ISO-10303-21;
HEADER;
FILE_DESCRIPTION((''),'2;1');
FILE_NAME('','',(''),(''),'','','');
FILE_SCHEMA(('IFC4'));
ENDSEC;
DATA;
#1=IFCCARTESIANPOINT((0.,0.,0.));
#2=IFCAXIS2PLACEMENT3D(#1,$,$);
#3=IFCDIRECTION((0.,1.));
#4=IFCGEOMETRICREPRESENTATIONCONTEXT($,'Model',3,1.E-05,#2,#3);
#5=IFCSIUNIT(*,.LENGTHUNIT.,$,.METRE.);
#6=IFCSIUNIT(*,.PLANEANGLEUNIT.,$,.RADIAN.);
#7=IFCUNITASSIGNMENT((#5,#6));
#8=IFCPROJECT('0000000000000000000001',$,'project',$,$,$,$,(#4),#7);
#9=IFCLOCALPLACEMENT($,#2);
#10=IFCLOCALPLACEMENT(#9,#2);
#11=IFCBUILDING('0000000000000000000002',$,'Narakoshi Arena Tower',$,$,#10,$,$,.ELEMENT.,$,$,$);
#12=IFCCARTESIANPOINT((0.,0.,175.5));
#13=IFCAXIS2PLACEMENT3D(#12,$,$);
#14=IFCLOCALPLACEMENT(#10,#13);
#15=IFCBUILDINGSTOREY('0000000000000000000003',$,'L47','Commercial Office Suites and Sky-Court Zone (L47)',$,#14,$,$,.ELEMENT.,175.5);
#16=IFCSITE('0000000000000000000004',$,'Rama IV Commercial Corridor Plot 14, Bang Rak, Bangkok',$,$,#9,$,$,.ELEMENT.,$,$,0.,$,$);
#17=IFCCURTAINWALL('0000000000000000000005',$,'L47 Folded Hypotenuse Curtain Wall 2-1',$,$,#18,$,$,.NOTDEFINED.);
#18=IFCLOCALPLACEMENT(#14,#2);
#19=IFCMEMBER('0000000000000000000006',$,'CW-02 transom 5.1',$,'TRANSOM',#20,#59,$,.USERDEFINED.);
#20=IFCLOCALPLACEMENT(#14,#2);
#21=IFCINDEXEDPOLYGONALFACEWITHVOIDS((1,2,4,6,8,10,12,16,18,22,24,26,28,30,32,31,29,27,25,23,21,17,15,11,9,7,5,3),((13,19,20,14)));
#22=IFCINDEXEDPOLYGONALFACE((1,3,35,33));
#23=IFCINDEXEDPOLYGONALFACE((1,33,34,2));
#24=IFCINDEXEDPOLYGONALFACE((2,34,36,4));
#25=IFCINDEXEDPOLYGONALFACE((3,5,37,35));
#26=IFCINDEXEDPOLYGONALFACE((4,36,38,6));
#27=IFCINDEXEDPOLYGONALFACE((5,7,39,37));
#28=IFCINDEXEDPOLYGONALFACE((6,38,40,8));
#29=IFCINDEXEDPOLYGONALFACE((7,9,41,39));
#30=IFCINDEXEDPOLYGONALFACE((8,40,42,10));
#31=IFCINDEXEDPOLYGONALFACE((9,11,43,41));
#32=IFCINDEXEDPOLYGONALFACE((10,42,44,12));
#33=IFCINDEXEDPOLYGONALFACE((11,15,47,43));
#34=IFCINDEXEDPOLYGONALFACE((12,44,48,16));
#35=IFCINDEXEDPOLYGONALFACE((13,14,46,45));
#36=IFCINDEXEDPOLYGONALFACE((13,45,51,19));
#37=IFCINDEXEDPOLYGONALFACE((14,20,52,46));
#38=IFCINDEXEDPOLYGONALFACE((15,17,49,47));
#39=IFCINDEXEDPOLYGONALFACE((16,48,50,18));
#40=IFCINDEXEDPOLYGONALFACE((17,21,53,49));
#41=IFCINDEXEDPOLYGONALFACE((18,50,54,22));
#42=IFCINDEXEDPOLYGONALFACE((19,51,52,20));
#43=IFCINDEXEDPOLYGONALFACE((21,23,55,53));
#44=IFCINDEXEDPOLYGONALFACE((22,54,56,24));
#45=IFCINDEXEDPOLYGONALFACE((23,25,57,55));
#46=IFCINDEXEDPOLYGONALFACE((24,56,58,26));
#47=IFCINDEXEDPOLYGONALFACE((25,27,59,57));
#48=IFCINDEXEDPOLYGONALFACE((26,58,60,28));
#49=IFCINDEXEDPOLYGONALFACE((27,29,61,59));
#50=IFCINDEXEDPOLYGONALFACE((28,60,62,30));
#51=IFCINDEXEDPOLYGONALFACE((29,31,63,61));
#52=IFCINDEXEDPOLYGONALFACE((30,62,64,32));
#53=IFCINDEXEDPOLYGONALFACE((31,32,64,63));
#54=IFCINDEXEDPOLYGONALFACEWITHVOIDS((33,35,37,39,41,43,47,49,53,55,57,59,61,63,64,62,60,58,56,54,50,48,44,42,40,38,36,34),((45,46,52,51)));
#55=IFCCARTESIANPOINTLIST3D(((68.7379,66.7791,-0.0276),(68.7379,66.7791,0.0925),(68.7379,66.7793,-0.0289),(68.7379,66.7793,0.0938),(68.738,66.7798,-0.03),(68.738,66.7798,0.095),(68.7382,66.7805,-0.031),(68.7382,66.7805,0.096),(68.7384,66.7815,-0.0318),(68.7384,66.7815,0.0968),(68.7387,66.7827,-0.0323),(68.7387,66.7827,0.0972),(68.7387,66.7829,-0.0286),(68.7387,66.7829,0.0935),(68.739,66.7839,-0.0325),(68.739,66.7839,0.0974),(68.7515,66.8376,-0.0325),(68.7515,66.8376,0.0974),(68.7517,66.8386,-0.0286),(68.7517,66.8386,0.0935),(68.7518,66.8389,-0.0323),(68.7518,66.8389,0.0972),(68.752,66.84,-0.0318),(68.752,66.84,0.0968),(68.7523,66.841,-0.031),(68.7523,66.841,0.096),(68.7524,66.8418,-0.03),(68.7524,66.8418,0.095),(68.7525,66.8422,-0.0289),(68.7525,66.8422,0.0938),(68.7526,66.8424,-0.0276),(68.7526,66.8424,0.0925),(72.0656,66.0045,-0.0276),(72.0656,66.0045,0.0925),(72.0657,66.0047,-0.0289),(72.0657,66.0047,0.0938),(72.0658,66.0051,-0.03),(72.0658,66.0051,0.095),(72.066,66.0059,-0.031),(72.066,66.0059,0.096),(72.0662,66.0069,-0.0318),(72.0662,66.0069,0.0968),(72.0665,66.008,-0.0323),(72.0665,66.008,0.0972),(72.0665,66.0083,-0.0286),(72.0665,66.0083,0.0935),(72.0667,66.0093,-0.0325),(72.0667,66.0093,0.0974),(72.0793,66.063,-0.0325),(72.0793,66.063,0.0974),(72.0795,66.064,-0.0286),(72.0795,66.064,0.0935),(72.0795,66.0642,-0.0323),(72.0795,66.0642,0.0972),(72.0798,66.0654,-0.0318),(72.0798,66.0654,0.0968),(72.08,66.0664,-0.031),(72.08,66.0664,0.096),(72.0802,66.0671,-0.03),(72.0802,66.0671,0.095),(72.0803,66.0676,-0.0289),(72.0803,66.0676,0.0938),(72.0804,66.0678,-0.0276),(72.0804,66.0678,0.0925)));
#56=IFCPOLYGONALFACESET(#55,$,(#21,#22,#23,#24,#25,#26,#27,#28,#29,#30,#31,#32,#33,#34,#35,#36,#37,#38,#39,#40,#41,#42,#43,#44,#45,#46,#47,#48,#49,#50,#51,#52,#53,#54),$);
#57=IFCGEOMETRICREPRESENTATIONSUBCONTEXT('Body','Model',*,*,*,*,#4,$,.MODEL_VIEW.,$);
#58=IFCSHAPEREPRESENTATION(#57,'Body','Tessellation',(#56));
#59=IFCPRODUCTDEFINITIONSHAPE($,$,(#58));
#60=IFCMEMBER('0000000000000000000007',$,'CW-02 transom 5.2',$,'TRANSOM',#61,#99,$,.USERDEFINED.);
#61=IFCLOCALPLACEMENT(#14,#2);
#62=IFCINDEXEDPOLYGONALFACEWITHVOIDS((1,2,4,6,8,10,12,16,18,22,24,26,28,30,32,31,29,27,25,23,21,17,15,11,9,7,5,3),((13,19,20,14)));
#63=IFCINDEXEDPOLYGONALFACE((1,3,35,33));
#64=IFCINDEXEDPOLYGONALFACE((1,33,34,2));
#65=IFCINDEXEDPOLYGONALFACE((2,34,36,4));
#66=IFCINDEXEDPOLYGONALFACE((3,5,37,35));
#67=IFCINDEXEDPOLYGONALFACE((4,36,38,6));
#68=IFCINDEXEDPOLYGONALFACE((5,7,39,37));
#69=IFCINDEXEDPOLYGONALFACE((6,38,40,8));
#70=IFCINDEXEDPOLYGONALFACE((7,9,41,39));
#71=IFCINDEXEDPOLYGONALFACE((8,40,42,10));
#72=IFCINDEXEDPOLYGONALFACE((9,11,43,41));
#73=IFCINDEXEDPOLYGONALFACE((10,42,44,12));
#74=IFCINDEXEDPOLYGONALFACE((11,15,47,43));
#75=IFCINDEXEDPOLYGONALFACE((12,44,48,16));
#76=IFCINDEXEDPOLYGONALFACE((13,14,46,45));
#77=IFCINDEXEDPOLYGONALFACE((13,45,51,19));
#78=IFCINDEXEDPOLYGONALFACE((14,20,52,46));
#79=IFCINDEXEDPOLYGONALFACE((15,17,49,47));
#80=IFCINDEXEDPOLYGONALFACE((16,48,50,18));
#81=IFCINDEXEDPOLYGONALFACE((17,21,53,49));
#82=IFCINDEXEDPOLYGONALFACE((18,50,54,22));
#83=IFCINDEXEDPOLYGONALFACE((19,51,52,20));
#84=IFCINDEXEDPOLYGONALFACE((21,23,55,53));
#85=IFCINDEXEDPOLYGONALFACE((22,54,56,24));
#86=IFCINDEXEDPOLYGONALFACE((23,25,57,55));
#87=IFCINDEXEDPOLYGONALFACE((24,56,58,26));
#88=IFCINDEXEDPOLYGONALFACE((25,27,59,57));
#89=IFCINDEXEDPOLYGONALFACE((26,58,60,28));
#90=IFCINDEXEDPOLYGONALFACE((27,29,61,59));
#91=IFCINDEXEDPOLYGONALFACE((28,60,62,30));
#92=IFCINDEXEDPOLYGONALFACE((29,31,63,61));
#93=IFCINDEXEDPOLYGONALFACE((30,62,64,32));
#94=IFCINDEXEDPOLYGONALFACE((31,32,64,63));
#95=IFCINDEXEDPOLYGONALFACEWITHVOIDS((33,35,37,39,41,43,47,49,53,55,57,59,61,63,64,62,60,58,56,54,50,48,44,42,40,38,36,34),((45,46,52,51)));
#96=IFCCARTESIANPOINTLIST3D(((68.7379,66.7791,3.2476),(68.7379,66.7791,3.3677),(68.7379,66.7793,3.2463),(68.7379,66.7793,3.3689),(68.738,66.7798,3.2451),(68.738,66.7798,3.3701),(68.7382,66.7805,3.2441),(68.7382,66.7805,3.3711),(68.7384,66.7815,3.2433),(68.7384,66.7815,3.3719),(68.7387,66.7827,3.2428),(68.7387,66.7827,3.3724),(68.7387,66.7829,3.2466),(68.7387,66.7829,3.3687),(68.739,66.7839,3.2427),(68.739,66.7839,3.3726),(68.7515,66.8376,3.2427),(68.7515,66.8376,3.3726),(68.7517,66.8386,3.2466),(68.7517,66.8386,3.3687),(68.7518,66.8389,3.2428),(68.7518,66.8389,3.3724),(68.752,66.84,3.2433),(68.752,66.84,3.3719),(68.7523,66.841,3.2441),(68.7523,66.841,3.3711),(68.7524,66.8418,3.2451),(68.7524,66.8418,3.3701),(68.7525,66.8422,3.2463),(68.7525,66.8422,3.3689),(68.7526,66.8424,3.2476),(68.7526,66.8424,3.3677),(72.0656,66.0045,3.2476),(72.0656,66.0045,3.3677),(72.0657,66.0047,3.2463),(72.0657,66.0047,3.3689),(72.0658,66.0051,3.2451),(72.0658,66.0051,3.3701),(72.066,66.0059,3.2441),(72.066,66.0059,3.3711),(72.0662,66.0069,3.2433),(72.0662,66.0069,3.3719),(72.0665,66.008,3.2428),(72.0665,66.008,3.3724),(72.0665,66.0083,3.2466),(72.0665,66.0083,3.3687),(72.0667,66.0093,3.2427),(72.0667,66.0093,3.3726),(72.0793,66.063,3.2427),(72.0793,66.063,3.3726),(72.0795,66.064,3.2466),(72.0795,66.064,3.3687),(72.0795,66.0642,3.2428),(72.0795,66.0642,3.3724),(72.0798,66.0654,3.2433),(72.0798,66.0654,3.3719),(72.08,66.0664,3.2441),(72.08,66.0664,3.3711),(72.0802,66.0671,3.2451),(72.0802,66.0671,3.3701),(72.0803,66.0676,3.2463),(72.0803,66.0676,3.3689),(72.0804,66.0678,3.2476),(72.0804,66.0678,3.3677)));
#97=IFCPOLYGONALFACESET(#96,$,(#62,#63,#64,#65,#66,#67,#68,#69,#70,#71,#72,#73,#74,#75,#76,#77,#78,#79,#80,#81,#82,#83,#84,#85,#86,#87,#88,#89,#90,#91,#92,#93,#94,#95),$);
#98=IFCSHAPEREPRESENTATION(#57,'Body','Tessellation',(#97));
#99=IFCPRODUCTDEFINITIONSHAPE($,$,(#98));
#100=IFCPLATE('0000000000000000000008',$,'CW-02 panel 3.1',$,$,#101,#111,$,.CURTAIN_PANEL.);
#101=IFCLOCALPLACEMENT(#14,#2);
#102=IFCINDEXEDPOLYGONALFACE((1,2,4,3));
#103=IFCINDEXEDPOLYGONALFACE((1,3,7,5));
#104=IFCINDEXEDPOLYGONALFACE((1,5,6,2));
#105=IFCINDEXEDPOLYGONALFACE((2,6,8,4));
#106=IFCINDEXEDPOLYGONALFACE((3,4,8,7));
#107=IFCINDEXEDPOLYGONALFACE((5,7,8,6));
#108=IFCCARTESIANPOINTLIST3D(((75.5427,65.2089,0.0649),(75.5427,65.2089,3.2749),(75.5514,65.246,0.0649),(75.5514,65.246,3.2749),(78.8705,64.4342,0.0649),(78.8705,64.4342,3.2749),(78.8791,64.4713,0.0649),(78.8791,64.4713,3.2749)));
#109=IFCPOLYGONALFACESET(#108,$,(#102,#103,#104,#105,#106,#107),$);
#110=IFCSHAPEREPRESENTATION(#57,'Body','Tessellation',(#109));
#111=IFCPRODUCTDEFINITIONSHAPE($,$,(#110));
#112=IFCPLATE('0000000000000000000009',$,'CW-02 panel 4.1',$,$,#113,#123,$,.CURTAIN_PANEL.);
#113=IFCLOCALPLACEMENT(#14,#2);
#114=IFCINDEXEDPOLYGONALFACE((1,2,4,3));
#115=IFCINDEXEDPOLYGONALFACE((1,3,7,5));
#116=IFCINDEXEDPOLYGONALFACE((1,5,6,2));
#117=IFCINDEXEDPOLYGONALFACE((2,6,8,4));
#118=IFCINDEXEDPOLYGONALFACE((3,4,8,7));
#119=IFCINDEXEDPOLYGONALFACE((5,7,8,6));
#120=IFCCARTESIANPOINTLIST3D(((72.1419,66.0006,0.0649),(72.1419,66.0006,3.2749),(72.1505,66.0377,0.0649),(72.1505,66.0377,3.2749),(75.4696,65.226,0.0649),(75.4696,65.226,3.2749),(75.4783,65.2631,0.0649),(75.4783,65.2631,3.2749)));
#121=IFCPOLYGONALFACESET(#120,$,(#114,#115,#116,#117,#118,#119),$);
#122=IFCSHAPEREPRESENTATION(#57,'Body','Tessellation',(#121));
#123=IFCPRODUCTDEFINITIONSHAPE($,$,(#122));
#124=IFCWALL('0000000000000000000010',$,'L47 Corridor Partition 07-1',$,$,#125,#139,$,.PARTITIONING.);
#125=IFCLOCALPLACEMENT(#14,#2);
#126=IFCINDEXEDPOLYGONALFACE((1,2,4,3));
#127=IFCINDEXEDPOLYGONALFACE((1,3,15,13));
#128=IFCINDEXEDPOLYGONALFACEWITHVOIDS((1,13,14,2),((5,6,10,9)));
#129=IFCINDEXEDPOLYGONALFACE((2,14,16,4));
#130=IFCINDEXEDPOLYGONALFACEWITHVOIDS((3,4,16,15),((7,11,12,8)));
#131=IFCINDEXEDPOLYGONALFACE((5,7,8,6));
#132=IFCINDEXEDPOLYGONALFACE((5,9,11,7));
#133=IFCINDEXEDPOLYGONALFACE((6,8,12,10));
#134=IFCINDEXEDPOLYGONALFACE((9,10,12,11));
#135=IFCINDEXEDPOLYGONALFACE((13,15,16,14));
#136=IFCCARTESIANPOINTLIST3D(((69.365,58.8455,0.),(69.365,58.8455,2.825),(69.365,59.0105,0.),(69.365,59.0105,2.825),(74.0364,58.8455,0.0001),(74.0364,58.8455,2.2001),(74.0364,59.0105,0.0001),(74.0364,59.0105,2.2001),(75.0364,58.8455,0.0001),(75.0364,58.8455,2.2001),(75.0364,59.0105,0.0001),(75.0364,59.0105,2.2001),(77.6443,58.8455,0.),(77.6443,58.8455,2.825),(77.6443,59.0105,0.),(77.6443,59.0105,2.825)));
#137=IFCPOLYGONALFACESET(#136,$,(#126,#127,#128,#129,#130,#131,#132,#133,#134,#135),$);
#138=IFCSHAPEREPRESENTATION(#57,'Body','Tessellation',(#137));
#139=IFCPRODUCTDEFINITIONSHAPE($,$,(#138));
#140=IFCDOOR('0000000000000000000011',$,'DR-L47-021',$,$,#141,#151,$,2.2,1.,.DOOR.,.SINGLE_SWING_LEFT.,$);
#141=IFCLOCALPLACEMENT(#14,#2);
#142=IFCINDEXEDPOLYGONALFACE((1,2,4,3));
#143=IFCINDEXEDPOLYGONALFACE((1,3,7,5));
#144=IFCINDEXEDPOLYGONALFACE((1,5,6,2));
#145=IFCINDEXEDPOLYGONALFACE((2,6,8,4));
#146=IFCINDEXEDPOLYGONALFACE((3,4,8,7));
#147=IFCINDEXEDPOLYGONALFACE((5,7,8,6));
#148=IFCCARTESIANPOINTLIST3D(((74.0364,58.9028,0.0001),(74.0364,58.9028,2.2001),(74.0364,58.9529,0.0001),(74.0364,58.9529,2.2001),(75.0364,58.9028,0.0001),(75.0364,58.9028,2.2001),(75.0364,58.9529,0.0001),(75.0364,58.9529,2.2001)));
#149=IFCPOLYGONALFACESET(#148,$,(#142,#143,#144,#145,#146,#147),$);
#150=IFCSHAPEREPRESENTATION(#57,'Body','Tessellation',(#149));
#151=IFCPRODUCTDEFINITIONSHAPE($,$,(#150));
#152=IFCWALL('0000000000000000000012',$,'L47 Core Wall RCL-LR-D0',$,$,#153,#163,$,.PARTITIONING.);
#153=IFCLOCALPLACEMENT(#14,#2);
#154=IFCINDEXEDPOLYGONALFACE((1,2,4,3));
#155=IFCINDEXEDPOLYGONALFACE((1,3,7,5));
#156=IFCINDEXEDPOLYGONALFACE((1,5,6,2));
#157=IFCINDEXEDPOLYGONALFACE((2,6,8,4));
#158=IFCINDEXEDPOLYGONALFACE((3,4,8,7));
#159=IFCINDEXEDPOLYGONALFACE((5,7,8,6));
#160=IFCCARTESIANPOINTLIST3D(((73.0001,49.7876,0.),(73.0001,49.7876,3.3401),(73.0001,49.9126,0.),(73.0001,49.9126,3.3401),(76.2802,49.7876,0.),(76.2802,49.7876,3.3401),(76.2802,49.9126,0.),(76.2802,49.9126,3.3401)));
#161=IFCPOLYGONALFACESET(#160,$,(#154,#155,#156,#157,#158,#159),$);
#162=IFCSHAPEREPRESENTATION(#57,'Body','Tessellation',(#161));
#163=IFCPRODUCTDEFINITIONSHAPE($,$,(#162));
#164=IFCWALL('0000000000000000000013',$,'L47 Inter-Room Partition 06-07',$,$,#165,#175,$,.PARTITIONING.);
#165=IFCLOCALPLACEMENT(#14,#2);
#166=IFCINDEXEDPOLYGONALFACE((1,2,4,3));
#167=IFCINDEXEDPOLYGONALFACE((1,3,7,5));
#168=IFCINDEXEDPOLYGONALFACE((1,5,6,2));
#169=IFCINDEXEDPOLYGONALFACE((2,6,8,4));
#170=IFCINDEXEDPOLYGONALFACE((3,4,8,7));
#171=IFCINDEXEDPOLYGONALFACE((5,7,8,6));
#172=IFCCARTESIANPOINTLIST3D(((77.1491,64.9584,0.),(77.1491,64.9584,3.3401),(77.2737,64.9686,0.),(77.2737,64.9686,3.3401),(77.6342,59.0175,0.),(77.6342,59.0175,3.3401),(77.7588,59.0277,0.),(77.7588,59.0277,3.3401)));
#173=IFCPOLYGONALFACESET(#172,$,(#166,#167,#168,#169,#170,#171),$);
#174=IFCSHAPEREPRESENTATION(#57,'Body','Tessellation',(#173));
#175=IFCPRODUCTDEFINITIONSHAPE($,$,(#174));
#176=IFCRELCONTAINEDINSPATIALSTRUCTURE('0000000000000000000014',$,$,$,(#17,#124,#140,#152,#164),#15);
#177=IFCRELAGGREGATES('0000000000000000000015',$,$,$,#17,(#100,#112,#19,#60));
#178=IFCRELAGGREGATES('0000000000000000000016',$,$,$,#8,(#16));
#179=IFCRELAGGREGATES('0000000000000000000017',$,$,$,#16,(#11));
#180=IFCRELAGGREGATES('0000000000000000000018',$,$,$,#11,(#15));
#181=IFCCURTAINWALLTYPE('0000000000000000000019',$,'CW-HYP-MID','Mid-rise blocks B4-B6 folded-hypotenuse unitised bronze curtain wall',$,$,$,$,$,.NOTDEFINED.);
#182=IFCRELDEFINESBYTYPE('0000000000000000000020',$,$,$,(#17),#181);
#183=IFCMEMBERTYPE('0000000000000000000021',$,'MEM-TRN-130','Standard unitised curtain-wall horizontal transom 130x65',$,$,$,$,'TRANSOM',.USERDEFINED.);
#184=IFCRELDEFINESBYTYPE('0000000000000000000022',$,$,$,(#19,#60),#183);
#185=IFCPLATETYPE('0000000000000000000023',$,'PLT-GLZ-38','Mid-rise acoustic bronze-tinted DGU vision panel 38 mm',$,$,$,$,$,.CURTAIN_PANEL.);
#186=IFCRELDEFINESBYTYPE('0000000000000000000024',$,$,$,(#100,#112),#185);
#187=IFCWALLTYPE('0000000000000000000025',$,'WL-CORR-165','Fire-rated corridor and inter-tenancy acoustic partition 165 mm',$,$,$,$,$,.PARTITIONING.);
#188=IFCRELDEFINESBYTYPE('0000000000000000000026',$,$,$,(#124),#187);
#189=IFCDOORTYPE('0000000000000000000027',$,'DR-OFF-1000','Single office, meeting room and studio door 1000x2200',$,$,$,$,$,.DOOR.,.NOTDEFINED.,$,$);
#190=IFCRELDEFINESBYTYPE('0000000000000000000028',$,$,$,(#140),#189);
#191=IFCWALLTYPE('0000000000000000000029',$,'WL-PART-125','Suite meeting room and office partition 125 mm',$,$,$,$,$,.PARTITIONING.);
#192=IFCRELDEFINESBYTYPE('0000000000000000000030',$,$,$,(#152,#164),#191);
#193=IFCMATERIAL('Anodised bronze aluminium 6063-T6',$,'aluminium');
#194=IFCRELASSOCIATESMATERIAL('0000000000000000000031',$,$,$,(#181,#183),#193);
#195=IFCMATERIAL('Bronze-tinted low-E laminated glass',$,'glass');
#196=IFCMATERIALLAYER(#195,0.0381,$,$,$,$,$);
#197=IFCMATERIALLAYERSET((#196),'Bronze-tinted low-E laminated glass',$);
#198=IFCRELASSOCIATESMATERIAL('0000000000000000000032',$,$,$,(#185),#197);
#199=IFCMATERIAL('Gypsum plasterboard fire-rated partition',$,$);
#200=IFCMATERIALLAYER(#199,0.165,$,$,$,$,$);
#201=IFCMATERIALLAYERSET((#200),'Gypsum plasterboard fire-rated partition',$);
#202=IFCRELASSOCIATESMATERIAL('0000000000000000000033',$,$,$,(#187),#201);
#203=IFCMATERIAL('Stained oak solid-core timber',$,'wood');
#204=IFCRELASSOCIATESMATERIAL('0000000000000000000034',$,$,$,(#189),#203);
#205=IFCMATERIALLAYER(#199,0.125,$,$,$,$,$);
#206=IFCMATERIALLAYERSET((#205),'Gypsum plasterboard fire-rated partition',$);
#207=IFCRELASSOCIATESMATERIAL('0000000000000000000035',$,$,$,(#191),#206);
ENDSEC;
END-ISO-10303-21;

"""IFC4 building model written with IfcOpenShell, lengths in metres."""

from ifc_helpers import new_model, si_unit, direction, frame, frame_2d, origin, origin_2d, place, context, subcontext, project, spatial, rectangle, hollow_rectangle, extrude, material, layer, layer_set, material_profile, profile_set, type_object, element, fill, aggregate, save


model = new_model("IFC4")

# Units and contexts
model_context = context("Model", 3, precision=1e-05, world=origin(), true_north=direction((0.0, 1.0)))
body_context = subcontext(model_context, "Body", "Model", "MODEL_VIEW")
ifc_project = project(units=[si_unit("LENGTHUNIT", "METRE"), si_unit("PLANEANGLEUNIT", "RADIAN")], contexts=[model_context])

# Site, building, storey
site_placement = place(None, origin())
site = spatial("IfcSite", under=ifc_project, at=site_placement, Name="Rama IV Commercial Corridor Plot 14, Bang Rak, Bangkok", CompositionType="ELEMENT", RefElevation=0.0)
building_placement = place(site_placement, origin())
building = spatial("IfcBuilding", under=site, at=building_placement, Name="Narakoshi Arena Tower", CompositionType="ELEMENT")
storey_placement = place(building_placement, frame((0.0, 0.0, 175.5)))
storey = spatial("IfcBuildingStorey", under=building, at=storey_placement, Name="L47", Description="Commercial Office Suites and Sky-Court Zone (L47)", CompositionType="ELEMENT", Elevation=175.5)

# Curtain wall, members, plates
ifc_material_1 = material(Name="Anodised bronze aluminium 6063-T6", Category="aluminium")
curtain_wall_type = type_object("IfcCurtainWallType", Name="CW-HYP-MID", Description="Mid-rise blocks B4-B6 folded-hypotenuse unitised bronze curtain wall", PredefinedType="NOTDEFINED", material=ifc_material_1)
curtain_wall_placement = place(storey_placement, origin())
curtain_wall = element("IfcCurtainWall", 1, at=curtain_wall_placement, inside=storey, type_object=curtain_wall_type, Name="L47 Folded Hypotenuse Curtain Wall 2-1", PredefinedType="NOTDEFINED")
ifc_material_profile_1 = material_profile(ifc_material_1, hollow_rectangle(XDim=0.0649, YDim=0.1299, WallThickness=0.0039, OuterFilletRadius=0.0049, at=origin_2d()), Name="TRN130x65x4")
ifc_profile_set_1 = profile_set([ifc_material_profile_1], Name="Anodised bronze aluminium 6063-T6")
member_type_1 = type_object("IfcMemberType", Name="MEM-TRN-130", Description="Standard unitised curtain-wall horizontal transom 130x65", ElementType="TRANSOM", PredefinedType="USERDEFINED", material=ifc_profile_set_1)
member_1_placement = place(storey_placement, frame((72.073, 66.0361, 0.0325), z_axis=(-0.973961, 0.226717, 0.0), x_axis=(-0.226717, -0.973961, 0.0)))
member_1 = element("IfcMember", 2, at=member_1_placement, type_object=member_type_1, Name="CW-02 transom 5.1", ObjectType="TRANSOM", PredefinedType="USERDEFINED", context=body_context, shape_type="SweptSolid", body=[
    extrude(hollow_rectangle(XDim=0.0649, YDim=0.1299, WallThickness=0.0039, OuterFilletRadius=0.0049, at=origin_2d()), origin(), (0.0, 0.0, 1.0), 3.4167),
])
member_2_placement = place(storey_placement, frame((72.073, 66.0361, 3.3076), z_axis=(-0.973961, 0.226717, 0.0), x_axis=(-0.226717, -0.973961, 0.0)))
member_2 = element("IfcMember", 3, at=member_2_placement, type_object=member_type_1, Name="CW-02 transom 5.2", ObjectType="TRANSOM", PredefinedType="USERDEFINED", context=body_context, shape_type="SweptSolid", body=[
    extrude(hollow_rectangle(XDim=0.0649, YDim=0.1299, WallThickness=0.0039, OuterFilletRadius=0.0049, at=origin_2d()), origin(), (0.0, 0.0, 1.0), 3.4167),
])
ifc_material_2 = material(Name="Bronze-tinted low-E laminated glass", Category="glass")
ifc_layer_1 = layer(ifc_material_2, 0.0381)
ifc_layer_set_1 = layer_set([ifc_layer_1], Name="Bronze-tinted low-E laminated glass")
plate_type = type_object("IfcPlateType", Name="PLT-GLZ-38", Description="Mid-rise acoustic bronze-tinted DGU vision panel 38 mm", PredefinedType="CURTAIN_PANEL", material=ifc_layer_set_1)
plate_1_placement = place(storey_placement, frame((77.2109, 64.8401, 0.0649), z_axis=(0.0, 0.0, 1.0), x_axis=(-0.97396, 0.226721, 0.0)))
plate_1 = element("IfcPlate", 4, at=plate_1_placement, type_object=plate_type, Name="CW-02 panel 3.1", PredefinedType="CURTAIN_PANEL", context=body_context, shape_type="SweptSolid", body=[
    extrude(rectangle(XDim=3.4167, YDim=0.0381, at=origin_2d()), origin(), (0.0, 0.0, 1.0), 3.21),
])
plate_2_placement = place(storey_placement, frame((73.8101, 65.6318, 0.0649), z_axis=(0.0, 0.0, 1.0), x_axis=(-0.97396, 0.226721, 0.0)))
plate_2 = element("IfcPlate", 5, at=plate_2_placement, type_object=plate_type, Name="CW-02 panel 4.1", PredefinedType="CURTAIN_PANEL", context=body_context, shape_type="SweptSolid", body=[
    extrude(rectangle(XDim=3.4167, YDim=0.0381, at=origin_2d()), origin(), (0.0, 0.0, 1.0), 3.21),
])
aggregate(curtain_wall, [plate_1, plate_2, member_1, member_2])

# Wall, opening, door
ifc_material_3 = material(Name="Gypsum plasterboard fire-rated partition")
ifc_layer_2 = layer(ifc_material_3, 0.165)
ifc_layer_set_2 = layer_set([ifc_layer_2], Name="Gypsum plasterboard fire-rated partition")
wall_type_1 = type_object("IfcWallType", Name="WL-CORR-165", Description="Fire-rated corridor and inter-tenancy acoustic partition 165 mm", PredefinedType="PARTITIONING", material=ifc_layer_set_2)
wall_1_placement = place(storey_placement, frame((77.6443, 58.928, 0.0), z_axis=(0.0, 0.0, 1.0), x_axis=(-1.0, 0.0, 0.0)))
wall_1 = element("IfcWall", 6, at=wall_1_placement, inside=storey, type_object=wall_type_1, Name="L47 Corridor Partition 07-1", PredefinedType="PARTITIONING", context=body_context, shape_type="SweptSolid", body=[
    extrude(rectangle(XDim=8.2793, YDim=0.165, at=frame_2d((4.1396, 0.0))), origin(), (0.0, 0.0, 1.0), 2.825),
])
opening_1_placement = place(wall_1_placement, frame((2.6079, 0.0, 0.0)))
opening_1 = element("IfcOpeningElement", 7, at=opening_1_placement, cuts=wall_1, PredefinedType="OPENING", context=body_context, shape_type="SweptSolid", body=[
    extrude(rectangle(XDim=1.0, YDim=2.2, at=frame_2d((0.5, 1.1001))), frame((0.0, 0.0925, 0.0), z_axis=(0.0, -1.0, 0.0), x_axis=(1.0, 0.0, 0.0)), (0.0, 0.0, 1.0), 0.1851),
])
ifc_material_4 = material(Name="Stained oak solid-core timber", Category="wood")
door_type_1 = type_object("IfcDoorType", Name="DR-OFF-1000", Description="Single office, meeting room and studio door 1000x2200", OperationType="NOTDEFINED", PredefinedType="DOOR", material=ifc_material_4)
door_1_placement = place(opening_1_placement, frame((1.0, 0.0, 0.0), z_axis=(0.0, 0.0, 1.0), x_axis=(-1.0, 0.0, 0.0)))
door_1 = element("IfcDoor", 8, at=door_1_placement, inside=storey, type_object=door_type_1, Name="DR-L47-021", OperationType="SINGLE_SWING_LEFT", OverallHeight=2.2, OverallWidth=1.0, PredefinedType="DOOR", context=body_context, shape_type="SweptSolid", body=[
    extrude(rectangle(XDim=1.0, YDim=2.2, at=frame_2d((0.5, 1.1001))), frame((0.0, 0.0249, 0.0), z_axis=(0.0, -1.0, 0.0), x_axis=(1.0, 0.0, 0.0)), (0.0, 0.0, 1.0), 0.05),
])
fill(opening_1, door_1)

# Walls
ifc_layer_3 = layer(ifc_material_3, 0.125)
ifc_layer_set_3 = layer_set([ifc_layer_3], Name="Gypsum plasterboard fire-rated partition")
wall_type_2 = type_object("IfcWallType", Name="WL-PART-125", Description="Suite meeting room and office partition 125 mm", PredefinedType="PARTITIONING", material=ifc_layer_set_3)
wall_2_placement = place(storey_placement, frame((73.0, 49.8501, 0.0), z_axis=(0.0, 0.0, 1.0), x_axis=(1.0, 0.0, 0.0)))
element("IfcWall", 9, at=wall_2_placement, inside=storey, type_object=wall_type_2, Name="L47 Core Wall RCL-LR-D0", PredefinedType="PARTITIONING", context=body_context, shape_type="SweptSolid", body=[
    extrude(rectangle(XDim=3.28, YDim=0.125, at=frame_2d((1.6401, 0.0))), origin(), (0.0, 0.0, 1.0), 3.3401),
])
wall_3_placement = place(storey_placement, frame((77.6965, 59.0225, 0.0), z_axis=(0.0, 0.0, 1.0), x_axis=(-0.081384, 0.996683, 0.0)))
element("IfcWall", 10, at=wall_3_placement, inside=storey, type_object=wall_type_2, Name="L47 Inter-Room Partition 06-07", PredefinedType="PARTITIONING", context=body_context, shape_type="SweptSolid", body=[
    extrude(rectangle(XDim=5.9607, YDim=0.125, at=frame_2d((2.9805, 0.0))), origin(), (0.0, 0.0, 1.0), 3.3401),
])

save(model, "model.ifc")
